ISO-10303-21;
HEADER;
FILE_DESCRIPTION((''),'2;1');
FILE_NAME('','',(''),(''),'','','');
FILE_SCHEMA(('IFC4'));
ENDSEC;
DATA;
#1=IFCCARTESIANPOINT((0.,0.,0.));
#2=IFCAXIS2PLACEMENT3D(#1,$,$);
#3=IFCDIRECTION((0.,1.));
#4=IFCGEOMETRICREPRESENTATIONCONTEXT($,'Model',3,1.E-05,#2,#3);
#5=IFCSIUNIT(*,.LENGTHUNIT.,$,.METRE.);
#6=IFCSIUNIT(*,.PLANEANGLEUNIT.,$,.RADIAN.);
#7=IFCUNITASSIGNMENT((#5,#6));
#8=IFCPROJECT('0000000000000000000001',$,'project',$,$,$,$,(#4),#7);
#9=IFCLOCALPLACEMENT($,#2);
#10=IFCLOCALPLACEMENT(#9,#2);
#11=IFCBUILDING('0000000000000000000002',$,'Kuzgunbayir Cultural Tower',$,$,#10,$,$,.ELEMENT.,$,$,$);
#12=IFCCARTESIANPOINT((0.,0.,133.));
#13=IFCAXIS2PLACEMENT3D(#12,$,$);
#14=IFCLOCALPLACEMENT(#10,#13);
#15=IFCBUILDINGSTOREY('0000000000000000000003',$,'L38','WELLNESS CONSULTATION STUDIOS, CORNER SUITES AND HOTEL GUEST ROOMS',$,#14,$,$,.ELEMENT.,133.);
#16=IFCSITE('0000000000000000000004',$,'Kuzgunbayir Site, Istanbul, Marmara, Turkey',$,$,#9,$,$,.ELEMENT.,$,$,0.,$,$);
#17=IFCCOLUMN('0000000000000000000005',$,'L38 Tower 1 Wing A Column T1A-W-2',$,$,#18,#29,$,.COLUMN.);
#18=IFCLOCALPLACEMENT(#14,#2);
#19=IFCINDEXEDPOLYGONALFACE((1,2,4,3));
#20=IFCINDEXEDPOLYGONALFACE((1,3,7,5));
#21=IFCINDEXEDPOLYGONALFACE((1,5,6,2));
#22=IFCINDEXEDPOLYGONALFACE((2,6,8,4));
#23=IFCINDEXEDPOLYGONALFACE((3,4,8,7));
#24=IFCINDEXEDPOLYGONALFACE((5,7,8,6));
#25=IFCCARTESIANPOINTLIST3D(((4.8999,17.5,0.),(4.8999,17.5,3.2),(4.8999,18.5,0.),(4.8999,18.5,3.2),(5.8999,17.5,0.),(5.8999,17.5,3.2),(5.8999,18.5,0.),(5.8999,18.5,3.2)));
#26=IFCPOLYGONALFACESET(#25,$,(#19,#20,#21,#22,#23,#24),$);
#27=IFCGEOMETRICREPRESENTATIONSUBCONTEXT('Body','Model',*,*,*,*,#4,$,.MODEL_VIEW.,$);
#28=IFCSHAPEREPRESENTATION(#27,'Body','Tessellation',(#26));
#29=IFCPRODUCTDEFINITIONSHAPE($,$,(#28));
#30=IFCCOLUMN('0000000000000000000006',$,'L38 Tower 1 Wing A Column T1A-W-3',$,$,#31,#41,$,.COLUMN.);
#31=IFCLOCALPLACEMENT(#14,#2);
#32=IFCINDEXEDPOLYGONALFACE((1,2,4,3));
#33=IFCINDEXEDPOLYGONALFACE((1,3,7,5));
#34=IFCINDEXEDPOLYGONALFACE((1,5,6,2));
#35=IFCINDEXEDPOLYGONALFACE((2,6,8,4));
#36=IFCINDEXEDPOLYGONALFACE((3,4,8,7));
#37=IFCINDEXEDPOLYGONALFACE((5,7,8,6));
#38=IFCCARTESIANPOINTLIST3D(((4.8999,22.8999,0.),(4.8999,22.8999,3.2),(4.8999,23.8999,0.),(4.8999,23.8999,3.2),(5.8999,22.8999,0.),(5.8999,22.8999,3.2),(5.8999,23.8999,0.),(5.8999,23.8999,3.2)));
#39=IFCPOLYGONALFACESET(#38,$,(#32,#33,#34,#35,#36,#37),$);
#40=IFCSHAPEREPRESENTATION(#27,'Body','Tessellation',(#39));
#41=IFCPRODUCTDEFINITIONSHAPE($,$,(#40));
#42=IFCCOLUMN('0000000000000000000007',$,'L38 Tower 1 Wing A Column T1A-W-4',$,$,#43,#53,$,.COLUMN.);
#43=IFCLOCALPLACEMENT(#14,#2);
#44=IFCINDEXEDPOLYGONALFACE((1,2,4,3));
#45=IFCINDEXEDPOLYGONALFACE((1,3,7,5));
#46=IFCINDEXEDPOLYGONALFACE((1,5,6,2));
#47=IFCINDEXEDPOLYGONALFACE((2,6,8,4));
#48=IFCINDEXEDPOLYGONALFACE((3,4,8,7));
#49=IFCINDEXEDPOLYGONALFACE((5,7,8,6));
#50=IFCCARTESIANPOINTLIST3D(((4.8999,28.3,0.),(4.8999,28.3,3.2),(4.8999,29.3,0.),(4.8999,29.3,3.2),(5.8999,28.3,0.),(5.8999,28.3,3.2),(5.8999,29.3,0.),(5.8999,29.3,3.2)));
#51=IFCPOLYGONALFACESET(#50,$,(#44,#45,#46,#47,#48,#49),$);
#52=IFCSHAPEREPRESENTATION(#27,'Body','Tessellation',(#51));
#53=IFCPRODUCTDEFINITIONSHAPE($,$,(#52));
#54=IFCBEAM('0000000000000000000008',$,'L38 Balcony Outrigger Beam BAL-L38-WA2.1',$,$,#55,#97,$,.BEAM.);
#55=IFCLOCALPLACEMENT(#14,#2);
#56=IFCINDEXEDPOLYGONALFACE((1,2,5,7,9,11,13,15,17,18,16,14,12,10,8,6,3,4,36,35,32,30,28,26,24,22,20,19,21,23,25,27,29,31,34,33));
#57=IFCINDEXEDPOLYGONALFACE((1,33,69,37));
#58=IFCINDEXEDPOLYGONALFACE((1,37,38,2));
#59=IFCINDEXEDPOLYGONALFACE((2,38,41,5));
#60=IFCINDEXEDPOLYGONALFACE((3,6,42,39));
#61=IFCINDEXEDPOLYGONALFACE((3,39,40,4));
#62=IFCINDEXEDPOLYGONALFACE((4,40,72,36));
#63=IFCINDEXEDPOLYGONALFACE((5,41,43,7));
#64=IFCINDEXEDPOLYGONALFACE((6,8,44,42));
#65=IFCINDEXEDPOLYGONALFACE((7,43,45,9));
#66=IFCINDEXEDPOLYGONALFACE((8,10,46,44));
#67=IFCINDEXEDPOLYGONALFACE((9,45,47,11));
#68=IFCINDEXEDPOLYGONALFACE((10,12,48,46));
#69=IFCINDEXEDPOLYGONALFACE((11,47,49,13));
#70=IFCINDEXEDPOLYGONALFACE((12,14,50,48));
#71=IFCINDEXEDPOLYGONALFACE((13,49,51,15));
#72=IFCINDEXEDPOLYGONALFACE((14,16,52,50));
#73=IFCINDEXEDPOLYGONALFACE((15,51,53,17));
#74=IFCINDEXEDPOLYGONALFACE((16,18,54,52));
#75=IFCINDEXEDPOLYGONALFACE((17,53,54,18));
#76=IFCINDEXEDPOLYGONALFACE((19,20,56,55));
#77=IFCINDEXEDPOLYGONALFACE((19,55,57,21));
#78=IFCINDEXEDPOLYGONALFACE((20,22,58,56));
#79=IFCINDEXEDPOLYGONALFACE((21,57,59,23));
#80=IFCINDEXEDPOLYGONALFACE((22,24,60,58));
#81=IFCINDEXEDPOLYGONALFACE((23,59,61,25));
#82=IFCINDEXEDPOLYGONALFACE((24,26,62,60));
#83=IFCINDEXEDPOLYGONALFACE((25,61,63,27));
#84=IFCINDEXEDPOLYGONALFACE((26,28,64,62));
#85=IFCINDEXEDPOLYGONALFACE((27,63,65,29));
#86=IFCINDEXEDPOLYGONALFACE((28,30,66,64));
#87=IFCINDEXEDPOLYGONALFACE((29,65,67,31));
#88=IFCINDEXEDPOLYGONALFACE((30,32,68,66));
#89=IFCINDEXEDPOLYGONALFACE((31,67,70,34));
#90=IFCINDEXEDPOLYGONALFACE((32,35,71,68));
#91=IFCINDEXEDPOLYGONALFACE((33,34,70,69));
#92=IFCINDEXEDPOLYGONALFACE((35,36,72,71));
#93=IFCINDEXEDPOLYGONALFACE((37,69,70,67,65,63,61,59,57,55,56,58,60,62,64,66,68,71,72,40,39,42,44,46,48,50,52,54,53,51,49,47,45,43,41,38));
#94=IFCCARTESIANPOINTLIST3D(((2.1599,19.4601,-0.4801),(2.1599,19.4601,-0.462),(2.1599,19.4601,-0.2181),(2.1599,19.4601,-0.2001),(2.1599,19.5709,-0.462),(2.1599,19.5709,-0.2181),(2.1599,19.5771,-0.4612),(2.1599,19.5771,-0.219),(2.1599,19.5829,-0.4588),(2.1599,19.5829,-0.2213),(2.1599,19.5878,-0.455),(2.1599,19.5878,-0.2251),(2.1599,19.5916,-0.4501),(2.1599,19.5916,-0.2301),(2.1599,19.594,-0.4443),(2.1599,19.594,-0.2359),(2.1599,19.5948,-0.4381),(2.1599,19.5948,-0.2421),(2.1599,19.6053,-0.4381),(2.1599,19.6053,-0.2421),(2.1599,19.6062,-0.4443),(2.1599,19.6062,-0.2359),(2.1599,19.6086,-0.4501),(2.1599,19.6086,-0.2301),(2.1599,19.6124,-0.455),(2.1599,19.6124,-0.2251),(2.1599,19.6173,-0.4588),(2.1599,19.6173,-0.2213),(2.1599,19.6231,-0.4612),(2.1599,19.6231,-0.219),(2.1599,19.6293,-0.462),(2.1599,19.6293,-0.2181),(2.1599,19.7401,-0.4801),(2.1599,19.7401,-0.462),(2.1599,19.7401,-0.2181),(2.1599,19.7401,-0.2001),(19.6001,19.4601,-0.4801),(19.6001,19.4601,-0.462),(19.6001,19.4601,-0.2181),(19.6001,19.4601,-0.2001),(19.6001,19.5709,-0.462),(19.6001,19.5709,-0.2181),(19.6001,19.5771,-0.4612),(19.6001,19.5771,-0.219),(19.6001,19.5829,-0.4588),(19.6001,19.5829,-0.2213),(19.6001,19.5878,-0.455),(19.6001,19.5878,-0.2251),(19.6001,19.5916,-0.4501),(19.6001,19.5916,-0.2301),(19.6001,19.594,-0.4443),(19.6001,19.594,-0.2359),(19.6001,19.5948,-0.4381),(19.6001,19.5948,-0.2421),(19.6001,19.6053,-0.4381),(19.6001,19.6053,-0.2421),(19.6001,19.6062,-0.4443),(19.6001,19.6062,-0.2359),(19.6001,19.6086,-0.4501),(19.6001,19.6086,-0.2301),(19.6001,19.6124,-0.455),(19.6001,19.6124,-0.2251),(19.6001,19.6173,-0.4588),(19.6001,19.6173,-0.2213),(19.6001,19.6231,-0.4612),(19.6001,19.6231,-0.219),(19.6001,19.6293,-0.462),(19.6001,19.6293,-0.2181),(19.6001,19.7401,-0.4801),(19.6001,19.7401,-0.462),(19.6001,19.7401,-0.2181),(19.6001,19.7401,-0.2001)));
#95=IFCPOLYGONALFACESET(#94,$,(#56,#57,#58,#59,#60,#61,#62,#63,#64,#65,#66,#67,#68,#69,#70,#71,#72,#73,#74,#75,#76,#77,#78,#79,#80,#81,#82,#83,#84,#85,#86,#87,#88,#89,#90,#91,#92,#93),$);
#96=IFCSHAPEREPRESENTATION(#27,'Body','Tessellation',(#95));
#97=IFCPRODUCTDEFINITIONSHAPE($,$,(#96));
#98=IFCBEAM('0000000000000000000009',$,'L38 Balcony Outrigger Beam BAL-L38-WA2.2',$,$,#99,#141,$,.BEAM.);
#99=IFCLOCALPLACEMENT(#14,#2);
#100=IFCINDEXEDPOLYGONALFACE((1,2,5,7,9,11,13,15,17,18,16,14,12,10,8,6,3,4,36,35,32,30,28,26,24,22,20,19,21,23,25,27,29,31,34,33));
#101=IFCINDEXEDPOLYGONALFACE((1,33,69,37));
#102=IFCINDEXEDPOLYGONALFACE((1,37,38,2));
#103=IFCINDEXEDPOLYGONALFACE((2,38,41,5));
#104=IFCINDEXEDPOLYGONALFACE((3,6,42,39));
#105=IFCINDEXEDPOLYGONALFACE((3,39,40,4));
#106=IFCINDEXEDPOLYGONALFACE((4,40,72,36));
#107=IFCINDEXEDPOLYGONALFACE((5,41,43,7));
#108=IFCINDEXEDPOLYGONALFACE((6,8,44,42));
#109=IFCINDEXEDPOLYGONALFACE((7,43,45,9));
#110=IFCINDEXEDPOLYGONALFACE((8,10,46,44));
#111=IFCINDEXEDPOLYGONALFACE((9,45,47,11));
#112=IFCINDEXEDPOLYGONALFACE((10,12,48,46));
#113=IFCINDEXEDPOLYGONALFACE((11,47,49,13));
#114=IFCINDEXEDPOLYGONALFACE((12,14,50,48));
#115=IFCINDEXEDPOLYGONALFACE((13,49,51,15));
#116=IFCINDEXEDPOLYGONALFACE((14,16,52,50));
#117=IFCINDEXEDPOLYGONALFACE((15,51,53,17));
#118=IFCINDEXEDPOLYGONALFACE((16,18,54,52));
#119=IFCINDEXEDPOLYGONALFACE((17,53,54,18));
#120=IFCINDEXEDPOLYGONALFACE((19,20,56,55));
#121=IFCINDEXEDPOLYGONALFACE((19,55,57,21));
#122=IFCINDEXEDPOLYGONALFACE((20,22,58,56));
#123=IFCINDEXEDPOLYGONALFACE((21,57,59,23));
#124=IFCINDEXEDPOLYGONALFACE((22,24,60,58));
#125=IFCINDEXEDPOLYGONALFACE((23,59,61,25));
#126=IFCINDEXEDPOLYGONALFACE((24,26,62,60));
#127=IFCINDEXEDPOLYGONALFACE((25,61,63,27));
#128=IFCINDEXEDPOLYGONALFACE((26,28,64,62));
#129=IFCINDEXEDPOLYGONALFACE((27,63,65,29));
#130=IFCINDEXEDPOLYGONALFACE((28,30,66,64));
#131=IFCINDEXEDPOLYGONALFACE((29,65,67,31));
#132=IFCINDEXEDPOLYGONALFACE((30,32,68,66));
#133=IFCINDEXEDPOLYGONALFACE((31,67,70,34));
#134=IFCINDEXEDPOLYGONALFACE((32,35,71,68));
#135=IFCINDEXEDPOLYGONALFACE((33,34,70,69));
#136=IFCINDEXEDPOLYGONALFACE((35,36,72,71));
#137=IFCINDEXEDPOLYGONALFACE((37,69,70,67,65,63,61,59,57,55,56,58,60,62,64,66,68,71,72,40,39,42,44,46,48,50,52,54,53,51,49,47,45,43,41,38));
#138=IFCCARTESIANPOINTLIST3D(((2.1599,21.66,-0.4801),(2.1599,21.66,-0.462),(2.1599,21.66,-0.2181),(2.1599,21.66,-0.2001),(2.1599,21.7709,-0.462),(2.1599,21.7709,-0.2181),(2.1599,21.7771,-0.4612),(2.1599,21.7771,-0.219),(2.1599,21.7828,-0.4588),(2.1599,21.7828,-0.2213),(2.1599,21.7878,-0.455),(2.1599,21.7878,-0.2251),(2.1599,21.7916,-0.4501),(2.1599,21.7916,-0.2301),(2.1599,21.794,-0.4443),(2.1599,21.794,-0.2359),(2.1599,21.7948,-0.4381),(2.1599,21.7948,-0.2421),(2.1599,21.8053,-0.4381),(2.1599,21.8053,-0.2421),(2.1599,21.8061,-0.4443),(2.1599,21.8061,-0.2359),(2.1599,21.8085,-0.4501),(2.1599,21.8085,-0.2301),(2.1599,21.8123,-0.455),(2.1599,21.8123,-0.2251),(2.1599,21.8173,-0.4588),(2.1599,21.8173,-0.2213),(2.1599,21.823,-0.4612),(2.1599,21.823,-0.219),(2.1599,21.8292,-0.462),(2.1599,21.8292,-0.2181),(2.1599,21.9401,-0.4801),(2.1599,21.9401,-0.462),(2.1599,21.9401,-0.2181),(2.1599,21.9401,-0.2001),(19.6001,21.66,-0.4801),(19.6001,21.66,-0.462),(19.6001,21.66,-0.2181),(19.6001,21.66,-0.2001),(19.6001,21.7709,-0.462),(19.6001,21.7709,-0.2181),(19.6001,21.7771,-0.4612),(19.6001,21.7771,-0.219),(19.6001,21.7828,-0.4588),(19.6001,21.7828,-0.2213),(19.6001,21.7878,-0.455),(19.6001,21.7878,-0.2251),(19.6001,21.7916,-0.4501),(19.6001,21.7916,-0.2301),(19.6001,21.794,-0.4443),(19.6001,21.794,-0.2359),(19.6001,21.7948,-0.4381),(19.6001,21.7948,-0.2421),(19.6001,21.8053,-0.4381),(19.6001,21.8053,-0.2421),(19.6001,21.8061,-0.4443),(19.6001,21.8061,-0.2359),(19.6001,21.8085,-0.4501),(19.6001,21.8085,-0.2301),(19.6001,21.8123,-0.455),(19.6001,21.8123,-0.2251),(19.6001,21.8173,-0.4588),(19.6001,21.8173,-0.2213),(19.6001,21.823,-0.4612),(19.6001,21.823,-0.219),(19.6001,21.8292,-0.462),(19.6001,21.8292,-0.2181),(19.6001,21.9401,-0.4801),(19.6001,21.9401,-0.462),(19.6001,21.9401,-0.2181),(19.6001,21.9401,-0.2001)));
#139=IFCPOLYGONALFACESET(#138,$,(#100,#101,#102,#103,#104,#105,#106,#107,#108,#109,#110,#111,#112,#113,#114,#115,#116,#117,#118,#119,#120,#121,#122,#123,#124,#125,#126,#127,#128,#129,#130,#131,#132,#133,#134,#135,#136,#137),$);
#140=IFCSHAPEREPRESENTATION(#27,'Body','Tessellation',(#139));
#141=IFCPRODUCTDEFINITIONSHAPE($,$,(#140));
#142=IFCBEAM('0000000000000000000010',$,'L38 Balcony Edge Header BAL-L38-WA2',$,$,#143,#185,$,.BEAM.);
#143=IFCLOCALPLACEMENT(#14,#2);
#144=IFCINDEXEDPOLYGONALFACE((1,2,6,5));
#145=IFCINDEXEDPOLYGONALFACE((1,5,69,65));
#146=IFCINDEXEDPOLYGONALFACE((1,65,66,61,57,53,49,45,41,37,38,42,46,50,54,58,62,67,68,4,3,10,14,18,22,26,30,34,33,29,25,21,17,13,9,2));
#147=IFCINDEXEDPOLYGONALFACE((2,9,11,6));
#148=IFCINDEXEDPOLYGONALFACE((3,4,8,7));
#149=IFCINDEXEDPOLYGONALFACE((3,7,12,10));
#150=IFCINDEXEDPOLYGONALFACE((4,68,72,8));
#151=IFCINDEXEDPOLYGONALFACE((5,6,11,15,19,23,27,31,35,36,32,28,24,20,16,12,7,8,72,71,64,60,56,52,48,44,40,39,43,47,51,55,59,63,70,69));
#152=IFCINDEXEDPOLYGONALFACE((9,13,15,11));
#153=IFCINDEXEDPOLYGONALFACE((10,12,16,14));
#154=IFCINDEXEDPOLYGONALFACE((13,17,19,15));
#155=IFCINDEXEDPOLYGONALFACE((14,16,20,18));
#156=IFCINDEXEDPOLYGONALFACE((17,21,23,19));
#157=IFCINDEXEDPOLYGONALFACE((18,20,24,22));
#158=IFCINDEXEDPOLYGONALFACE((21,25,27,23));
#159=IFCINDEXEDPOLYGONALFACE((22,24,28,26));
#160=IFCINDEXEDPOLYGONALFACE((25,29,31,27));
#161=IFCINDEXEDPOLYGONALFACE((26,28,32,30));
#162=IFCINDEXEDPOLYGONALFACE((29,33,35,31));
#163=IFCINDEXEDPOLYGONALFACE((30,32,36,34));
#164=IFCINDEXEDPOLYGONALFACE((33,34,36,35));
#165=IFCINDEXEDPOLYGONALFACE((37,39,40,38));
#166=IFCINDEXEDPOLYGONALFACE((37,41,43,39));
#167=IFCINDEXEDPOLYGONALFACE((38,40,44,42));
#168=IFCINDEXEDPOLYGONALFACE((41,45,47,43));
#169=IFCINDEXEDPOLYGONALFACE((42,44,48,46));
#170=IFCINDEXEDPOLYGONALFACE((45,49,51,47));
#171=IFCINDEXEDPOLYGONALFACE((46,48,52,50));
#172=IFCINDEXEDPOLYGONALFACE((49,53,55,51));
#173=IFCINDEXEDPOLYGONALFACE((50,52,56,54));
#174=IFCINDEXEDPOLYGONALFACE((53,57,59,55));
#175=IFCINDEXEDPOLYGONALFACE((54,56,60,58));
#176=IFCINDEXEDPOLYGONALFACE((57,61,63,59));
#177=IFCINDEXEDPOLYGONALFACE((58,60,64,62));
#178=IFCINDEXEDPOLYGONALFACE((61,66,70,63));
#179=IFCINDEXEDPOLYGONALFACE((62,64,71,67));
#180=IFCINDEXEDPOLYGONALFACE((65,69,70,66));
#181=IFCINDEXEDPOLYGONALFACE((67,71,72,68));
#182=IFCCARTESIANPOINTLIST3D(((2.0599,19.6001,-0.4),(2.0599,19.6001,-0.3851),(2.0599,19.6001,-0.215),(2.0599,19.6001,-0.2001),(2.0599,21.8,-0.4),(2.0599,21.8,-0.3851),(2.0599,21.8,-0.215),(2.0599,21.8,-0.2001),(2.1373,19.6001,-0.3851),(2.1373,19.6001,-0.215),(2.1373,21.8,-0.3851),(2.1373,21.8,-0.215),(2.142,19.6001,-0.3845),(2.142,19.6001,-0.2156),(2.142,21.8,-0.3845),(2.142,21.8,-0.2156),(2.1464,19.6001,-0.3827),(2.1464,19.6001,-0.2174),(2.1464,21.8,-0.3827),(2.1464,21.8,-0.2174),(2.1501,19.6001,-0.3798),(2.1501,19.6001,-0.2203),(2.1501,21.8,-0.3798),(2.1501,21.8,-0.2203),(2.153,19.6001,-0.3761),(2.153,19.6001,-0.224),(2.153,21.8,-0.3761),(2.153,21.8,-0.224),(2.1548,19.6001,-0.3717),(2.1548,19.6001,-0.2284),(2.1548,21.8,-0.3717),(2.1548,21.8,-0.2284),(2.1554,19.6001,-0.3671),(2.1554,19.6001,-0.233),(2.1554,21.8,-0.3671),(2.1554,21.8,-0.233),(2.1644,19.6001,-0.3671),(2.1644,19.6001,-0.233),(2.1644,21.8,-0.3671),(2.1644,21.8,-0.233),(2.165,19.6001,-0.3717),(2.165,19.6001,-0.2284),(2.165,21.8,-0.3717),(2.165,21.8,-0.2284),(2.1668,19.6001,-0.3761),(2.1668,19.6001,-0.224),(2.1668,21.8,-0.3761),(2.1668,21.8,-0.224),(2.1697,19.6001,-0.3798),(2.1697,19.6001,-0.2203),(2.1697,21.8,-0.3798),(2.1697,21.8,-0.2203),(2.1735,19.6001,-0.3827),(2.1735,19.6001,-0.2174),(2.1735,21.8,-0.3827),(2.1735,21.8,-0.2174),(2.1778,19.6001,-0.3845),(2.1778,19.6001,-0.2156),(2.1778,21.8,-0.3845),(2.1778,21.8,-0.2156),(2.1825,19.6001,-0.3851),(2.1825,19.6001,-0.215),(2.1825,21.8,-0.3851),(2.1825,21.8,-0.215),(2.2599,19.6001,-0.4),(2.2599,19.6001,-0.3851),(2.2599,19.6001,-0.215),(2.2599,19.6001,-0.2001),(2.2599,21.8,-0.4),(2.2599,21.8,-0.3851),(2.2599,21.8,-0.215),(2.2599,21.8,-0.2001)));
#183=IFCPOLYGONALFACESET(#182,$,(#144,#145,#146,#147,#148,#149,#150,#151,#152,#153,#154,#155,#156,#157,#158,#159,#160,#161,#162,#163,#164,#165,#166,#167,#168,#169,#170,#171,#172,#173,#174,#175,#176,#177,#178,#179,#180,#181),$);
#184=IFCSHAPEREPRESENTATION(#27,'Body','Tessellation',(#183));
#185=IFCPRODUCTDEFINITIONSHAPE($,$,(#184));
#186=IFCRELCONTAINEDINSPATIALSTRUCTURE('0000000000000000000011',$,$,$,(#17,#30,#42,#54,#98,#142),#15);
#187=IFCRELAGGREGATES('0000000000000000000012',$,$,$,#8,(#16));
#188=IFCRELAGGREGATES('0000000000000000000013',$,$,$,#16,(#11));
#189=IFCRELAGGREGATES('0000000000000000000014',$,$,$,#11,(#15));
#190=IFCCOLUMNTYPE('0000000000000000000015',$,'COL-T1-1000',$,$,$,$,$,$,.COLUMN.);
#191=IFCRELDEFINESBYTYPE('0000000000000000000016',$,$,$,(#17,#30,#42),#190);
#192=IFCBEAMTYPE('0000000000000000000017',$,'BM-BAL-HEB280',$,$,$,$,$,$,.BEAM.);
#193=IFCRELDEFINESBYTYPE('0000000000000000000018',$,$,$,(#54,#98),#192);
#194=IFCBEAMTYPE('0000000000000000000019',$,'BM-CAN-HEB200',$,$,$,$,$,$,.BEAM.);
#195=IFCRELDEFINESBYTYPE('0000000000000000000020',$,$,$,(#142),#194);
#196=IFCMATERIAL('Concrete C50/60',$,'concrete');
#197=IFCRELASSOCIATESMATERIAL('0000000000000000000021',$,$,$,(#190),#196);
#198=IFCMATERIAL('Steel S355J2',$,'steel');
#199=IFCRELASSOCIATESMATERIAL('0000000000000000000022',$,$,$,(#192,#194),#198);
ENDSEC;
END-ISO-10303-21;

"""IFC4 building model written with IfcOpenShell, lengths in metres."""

from ifc_helpers import new_model, si_unit, direction, frame, origin, origin_2d, place, context, subcontext, project, spatial, rectangle, i_section, extrude, material, material_profile, profile_set, type_object, element, save


model = new_model("IFC4")

# Units and contexts
model_context = context("Model", 3, precision=1e-05, world=origin(), true_north=direction((0.0, 1.0)))
body_context = subcontext(model_context, "Body", "Model", "MODEL_VIEW")
ifc_project = project(units=[si_unit("LENGTHUNIT", "METRE"), si_unit("PLANEANGLEUNIT", "RADIAN")], contexts=[model_context])

# Site, building, storey
site_placement = place(None, origin())
site = spatial("IfcSite", under=ifc_project, at=site_placement, Name="Kuzgunbayir Site, Istanbul, Marmara, Turkey", CompositionType="ELEMENT", RefElevation=0.0)
building_placement = place(site_placement, origin())
building = spatial("IfcBuilding", under=site, at=building_placement, Name="Kuzgunbayir Cultural Tower", CompositionType="ELEMENT")
storey_placement = place(building_placement, frame((0.0, 0.0, 133.0)))
storey = spatial("IfcBuildingStorey", under=building, at=storey_placement, Name="L38", Description="WELLNESS CONSULTATION STUDIOS, CORNER SUITES AND HOTEL GUEST ROOMS", CompositionType="ELEMENT", Elevation=133.0)

# Columns
ifc_material_1 = material(Name="Concrete C50/60", Category="concrete")
ifc_material_profile_1 = material_profile(ifc_material_1, rectangle(XDim=1.0, YDim=1.0, at=origin_2d()), Name="RC 1000x1000")
ifc_profile_set_1 = profile_set([ifc_material_profile_1], Name="Concrete C50/60")
column_type = type_object("IfcColumnType", Name="COL-T1-1000", PredefinedType="COLUMN", material=ifc_profile_set_1)
for number, where, z_axis, x_axis, name in (
    (1, (5.3999, 18.0, 0.0), (0.0, 0.0, 1.0), (1.0, 0.0, 0.0), "L38 Tower 1 Wing A Column T1A-W-2"),
    (2, (5.3999, 23.3999, 0.0), (0.0, 0.0, 1.0), (1.0, 0.0, 0.0), "L38 Tower 1 Wing A Column T1A-W-3"),
    (3, (5.3999, 28.8, 0.0), (0.0, 0.0, 1.0), (1.0, 0.0, 0.0), "L38 Tower 1 Wing A Column T1A-W-4"),
):
    element("IfcColumn", number, at=place(storey_placement, frame(where, z_axis=z_axis, x_axis=x_axis)), inside=storey, type_object=column_type, Name=name, PredefinedType="COLUMN", context=body_context, shape_type="SweptSolid", body=[
        extrude(rectangle(XDim=1.0, YDim=1.0, at=origin_2d()), origin(), (0.0, 0.0, 1.0), 3.2),
    ])

# Beams
ifc_material_2 = material(Name="Steel S355J2", Category="steel")
ifc_material_profile_2 = material_profile(ifc_material_2, i_section(OverallWidth=0.28, OverallDepth=0.28, WebThickness=0.0105, FlangeThickness=0.0181, FilletRadius=0.0239, at=origin_2d()), Name="HEB 280")
ifc_profile_set_2 = profile_set([ifc_material_profile_2], Name="Steel S355J2")
beam_type_1 = type_object("IfcBeamType", Name="BM-BAL-HEB280", PredefinedType="BEAM", material=ifc_profile_set_2)
for number, where, z_axis, x_axis, name in (
    (4, (2.1599, 19.6001, -0.3401), (1.0, 0.0, 0.0), (0.0, 1.0, 0.0), "L38 Balcony Outrigger Beam BAL-L38-WA2.1"),
    (5, (2.1599, 21.8, -0.3401), (1.0, 0.0, 0.0), (0.0, 1.0, 0.0), "L38 Balcony Outrigger Beam BAL-L38-WA2.2"),
):
    element("IfcBeam", number, at=place(storey_placement, frame(where, z_axis=z_axis, x_axis=x_axis)), inside=storey, type_object=beam_type_1, Name=name, PredefinedType="BEAM", context=body_context, shape_type="SweptSolid", body=[
        extrude(i_section(OverallWidth=0.28, OverallDepth=0.28, WebThickness=0.0105, FlangeThickness=0.0181, FilletRadius=0.0239, at=origin_2d()), origin(), (0.0, 0.0, 1.0), 17.4402),
    ])
ifc_material_profile_3 = material_profile(ifc_material_2, i_section(OverallWidth=0.2, OverallDepth=0.2, WebThickness=0.009, FlangeThickness=0.0149, FilletRadius=0.0181, at=origin_2d()), Name="HEB 200")
ifc_profile_set_3 = profile_set([ifc_material_profile_3], Name="Steel S355J2")
beam_type_2 = type_object("IfcBeamType", Name="BM-CAN-HEB200", PredefinedType="BEAM", material=ifc_profile_set_3)
beam_1_placement = place(storey_placement, frame((2.1599, 19.6001, -0.3), z_axis=(0.0, 1.0, 0.0), x_axis=(-1.0, 0.0, 0.0)))
element("IfcBeam", 6, at=beam_1_placement, inside=storey, type_object=beam_type_2, Name="L38 Balcony Edge Header BAL-L38-WA2", PredefinedType="BEAM", context=body_context, shape_type="SweptSolid", body=[
    extrude(i_section(OverallWidth=0.2, OverallDepth=0.2, WebThickness=0.009, FlangeThickness=0.0149, FilletRadius=0.0181, at=origin_2d()), origin(), (0.0, 0.0, 1.0), 2.2),
])

save(model, "model.ifc")
